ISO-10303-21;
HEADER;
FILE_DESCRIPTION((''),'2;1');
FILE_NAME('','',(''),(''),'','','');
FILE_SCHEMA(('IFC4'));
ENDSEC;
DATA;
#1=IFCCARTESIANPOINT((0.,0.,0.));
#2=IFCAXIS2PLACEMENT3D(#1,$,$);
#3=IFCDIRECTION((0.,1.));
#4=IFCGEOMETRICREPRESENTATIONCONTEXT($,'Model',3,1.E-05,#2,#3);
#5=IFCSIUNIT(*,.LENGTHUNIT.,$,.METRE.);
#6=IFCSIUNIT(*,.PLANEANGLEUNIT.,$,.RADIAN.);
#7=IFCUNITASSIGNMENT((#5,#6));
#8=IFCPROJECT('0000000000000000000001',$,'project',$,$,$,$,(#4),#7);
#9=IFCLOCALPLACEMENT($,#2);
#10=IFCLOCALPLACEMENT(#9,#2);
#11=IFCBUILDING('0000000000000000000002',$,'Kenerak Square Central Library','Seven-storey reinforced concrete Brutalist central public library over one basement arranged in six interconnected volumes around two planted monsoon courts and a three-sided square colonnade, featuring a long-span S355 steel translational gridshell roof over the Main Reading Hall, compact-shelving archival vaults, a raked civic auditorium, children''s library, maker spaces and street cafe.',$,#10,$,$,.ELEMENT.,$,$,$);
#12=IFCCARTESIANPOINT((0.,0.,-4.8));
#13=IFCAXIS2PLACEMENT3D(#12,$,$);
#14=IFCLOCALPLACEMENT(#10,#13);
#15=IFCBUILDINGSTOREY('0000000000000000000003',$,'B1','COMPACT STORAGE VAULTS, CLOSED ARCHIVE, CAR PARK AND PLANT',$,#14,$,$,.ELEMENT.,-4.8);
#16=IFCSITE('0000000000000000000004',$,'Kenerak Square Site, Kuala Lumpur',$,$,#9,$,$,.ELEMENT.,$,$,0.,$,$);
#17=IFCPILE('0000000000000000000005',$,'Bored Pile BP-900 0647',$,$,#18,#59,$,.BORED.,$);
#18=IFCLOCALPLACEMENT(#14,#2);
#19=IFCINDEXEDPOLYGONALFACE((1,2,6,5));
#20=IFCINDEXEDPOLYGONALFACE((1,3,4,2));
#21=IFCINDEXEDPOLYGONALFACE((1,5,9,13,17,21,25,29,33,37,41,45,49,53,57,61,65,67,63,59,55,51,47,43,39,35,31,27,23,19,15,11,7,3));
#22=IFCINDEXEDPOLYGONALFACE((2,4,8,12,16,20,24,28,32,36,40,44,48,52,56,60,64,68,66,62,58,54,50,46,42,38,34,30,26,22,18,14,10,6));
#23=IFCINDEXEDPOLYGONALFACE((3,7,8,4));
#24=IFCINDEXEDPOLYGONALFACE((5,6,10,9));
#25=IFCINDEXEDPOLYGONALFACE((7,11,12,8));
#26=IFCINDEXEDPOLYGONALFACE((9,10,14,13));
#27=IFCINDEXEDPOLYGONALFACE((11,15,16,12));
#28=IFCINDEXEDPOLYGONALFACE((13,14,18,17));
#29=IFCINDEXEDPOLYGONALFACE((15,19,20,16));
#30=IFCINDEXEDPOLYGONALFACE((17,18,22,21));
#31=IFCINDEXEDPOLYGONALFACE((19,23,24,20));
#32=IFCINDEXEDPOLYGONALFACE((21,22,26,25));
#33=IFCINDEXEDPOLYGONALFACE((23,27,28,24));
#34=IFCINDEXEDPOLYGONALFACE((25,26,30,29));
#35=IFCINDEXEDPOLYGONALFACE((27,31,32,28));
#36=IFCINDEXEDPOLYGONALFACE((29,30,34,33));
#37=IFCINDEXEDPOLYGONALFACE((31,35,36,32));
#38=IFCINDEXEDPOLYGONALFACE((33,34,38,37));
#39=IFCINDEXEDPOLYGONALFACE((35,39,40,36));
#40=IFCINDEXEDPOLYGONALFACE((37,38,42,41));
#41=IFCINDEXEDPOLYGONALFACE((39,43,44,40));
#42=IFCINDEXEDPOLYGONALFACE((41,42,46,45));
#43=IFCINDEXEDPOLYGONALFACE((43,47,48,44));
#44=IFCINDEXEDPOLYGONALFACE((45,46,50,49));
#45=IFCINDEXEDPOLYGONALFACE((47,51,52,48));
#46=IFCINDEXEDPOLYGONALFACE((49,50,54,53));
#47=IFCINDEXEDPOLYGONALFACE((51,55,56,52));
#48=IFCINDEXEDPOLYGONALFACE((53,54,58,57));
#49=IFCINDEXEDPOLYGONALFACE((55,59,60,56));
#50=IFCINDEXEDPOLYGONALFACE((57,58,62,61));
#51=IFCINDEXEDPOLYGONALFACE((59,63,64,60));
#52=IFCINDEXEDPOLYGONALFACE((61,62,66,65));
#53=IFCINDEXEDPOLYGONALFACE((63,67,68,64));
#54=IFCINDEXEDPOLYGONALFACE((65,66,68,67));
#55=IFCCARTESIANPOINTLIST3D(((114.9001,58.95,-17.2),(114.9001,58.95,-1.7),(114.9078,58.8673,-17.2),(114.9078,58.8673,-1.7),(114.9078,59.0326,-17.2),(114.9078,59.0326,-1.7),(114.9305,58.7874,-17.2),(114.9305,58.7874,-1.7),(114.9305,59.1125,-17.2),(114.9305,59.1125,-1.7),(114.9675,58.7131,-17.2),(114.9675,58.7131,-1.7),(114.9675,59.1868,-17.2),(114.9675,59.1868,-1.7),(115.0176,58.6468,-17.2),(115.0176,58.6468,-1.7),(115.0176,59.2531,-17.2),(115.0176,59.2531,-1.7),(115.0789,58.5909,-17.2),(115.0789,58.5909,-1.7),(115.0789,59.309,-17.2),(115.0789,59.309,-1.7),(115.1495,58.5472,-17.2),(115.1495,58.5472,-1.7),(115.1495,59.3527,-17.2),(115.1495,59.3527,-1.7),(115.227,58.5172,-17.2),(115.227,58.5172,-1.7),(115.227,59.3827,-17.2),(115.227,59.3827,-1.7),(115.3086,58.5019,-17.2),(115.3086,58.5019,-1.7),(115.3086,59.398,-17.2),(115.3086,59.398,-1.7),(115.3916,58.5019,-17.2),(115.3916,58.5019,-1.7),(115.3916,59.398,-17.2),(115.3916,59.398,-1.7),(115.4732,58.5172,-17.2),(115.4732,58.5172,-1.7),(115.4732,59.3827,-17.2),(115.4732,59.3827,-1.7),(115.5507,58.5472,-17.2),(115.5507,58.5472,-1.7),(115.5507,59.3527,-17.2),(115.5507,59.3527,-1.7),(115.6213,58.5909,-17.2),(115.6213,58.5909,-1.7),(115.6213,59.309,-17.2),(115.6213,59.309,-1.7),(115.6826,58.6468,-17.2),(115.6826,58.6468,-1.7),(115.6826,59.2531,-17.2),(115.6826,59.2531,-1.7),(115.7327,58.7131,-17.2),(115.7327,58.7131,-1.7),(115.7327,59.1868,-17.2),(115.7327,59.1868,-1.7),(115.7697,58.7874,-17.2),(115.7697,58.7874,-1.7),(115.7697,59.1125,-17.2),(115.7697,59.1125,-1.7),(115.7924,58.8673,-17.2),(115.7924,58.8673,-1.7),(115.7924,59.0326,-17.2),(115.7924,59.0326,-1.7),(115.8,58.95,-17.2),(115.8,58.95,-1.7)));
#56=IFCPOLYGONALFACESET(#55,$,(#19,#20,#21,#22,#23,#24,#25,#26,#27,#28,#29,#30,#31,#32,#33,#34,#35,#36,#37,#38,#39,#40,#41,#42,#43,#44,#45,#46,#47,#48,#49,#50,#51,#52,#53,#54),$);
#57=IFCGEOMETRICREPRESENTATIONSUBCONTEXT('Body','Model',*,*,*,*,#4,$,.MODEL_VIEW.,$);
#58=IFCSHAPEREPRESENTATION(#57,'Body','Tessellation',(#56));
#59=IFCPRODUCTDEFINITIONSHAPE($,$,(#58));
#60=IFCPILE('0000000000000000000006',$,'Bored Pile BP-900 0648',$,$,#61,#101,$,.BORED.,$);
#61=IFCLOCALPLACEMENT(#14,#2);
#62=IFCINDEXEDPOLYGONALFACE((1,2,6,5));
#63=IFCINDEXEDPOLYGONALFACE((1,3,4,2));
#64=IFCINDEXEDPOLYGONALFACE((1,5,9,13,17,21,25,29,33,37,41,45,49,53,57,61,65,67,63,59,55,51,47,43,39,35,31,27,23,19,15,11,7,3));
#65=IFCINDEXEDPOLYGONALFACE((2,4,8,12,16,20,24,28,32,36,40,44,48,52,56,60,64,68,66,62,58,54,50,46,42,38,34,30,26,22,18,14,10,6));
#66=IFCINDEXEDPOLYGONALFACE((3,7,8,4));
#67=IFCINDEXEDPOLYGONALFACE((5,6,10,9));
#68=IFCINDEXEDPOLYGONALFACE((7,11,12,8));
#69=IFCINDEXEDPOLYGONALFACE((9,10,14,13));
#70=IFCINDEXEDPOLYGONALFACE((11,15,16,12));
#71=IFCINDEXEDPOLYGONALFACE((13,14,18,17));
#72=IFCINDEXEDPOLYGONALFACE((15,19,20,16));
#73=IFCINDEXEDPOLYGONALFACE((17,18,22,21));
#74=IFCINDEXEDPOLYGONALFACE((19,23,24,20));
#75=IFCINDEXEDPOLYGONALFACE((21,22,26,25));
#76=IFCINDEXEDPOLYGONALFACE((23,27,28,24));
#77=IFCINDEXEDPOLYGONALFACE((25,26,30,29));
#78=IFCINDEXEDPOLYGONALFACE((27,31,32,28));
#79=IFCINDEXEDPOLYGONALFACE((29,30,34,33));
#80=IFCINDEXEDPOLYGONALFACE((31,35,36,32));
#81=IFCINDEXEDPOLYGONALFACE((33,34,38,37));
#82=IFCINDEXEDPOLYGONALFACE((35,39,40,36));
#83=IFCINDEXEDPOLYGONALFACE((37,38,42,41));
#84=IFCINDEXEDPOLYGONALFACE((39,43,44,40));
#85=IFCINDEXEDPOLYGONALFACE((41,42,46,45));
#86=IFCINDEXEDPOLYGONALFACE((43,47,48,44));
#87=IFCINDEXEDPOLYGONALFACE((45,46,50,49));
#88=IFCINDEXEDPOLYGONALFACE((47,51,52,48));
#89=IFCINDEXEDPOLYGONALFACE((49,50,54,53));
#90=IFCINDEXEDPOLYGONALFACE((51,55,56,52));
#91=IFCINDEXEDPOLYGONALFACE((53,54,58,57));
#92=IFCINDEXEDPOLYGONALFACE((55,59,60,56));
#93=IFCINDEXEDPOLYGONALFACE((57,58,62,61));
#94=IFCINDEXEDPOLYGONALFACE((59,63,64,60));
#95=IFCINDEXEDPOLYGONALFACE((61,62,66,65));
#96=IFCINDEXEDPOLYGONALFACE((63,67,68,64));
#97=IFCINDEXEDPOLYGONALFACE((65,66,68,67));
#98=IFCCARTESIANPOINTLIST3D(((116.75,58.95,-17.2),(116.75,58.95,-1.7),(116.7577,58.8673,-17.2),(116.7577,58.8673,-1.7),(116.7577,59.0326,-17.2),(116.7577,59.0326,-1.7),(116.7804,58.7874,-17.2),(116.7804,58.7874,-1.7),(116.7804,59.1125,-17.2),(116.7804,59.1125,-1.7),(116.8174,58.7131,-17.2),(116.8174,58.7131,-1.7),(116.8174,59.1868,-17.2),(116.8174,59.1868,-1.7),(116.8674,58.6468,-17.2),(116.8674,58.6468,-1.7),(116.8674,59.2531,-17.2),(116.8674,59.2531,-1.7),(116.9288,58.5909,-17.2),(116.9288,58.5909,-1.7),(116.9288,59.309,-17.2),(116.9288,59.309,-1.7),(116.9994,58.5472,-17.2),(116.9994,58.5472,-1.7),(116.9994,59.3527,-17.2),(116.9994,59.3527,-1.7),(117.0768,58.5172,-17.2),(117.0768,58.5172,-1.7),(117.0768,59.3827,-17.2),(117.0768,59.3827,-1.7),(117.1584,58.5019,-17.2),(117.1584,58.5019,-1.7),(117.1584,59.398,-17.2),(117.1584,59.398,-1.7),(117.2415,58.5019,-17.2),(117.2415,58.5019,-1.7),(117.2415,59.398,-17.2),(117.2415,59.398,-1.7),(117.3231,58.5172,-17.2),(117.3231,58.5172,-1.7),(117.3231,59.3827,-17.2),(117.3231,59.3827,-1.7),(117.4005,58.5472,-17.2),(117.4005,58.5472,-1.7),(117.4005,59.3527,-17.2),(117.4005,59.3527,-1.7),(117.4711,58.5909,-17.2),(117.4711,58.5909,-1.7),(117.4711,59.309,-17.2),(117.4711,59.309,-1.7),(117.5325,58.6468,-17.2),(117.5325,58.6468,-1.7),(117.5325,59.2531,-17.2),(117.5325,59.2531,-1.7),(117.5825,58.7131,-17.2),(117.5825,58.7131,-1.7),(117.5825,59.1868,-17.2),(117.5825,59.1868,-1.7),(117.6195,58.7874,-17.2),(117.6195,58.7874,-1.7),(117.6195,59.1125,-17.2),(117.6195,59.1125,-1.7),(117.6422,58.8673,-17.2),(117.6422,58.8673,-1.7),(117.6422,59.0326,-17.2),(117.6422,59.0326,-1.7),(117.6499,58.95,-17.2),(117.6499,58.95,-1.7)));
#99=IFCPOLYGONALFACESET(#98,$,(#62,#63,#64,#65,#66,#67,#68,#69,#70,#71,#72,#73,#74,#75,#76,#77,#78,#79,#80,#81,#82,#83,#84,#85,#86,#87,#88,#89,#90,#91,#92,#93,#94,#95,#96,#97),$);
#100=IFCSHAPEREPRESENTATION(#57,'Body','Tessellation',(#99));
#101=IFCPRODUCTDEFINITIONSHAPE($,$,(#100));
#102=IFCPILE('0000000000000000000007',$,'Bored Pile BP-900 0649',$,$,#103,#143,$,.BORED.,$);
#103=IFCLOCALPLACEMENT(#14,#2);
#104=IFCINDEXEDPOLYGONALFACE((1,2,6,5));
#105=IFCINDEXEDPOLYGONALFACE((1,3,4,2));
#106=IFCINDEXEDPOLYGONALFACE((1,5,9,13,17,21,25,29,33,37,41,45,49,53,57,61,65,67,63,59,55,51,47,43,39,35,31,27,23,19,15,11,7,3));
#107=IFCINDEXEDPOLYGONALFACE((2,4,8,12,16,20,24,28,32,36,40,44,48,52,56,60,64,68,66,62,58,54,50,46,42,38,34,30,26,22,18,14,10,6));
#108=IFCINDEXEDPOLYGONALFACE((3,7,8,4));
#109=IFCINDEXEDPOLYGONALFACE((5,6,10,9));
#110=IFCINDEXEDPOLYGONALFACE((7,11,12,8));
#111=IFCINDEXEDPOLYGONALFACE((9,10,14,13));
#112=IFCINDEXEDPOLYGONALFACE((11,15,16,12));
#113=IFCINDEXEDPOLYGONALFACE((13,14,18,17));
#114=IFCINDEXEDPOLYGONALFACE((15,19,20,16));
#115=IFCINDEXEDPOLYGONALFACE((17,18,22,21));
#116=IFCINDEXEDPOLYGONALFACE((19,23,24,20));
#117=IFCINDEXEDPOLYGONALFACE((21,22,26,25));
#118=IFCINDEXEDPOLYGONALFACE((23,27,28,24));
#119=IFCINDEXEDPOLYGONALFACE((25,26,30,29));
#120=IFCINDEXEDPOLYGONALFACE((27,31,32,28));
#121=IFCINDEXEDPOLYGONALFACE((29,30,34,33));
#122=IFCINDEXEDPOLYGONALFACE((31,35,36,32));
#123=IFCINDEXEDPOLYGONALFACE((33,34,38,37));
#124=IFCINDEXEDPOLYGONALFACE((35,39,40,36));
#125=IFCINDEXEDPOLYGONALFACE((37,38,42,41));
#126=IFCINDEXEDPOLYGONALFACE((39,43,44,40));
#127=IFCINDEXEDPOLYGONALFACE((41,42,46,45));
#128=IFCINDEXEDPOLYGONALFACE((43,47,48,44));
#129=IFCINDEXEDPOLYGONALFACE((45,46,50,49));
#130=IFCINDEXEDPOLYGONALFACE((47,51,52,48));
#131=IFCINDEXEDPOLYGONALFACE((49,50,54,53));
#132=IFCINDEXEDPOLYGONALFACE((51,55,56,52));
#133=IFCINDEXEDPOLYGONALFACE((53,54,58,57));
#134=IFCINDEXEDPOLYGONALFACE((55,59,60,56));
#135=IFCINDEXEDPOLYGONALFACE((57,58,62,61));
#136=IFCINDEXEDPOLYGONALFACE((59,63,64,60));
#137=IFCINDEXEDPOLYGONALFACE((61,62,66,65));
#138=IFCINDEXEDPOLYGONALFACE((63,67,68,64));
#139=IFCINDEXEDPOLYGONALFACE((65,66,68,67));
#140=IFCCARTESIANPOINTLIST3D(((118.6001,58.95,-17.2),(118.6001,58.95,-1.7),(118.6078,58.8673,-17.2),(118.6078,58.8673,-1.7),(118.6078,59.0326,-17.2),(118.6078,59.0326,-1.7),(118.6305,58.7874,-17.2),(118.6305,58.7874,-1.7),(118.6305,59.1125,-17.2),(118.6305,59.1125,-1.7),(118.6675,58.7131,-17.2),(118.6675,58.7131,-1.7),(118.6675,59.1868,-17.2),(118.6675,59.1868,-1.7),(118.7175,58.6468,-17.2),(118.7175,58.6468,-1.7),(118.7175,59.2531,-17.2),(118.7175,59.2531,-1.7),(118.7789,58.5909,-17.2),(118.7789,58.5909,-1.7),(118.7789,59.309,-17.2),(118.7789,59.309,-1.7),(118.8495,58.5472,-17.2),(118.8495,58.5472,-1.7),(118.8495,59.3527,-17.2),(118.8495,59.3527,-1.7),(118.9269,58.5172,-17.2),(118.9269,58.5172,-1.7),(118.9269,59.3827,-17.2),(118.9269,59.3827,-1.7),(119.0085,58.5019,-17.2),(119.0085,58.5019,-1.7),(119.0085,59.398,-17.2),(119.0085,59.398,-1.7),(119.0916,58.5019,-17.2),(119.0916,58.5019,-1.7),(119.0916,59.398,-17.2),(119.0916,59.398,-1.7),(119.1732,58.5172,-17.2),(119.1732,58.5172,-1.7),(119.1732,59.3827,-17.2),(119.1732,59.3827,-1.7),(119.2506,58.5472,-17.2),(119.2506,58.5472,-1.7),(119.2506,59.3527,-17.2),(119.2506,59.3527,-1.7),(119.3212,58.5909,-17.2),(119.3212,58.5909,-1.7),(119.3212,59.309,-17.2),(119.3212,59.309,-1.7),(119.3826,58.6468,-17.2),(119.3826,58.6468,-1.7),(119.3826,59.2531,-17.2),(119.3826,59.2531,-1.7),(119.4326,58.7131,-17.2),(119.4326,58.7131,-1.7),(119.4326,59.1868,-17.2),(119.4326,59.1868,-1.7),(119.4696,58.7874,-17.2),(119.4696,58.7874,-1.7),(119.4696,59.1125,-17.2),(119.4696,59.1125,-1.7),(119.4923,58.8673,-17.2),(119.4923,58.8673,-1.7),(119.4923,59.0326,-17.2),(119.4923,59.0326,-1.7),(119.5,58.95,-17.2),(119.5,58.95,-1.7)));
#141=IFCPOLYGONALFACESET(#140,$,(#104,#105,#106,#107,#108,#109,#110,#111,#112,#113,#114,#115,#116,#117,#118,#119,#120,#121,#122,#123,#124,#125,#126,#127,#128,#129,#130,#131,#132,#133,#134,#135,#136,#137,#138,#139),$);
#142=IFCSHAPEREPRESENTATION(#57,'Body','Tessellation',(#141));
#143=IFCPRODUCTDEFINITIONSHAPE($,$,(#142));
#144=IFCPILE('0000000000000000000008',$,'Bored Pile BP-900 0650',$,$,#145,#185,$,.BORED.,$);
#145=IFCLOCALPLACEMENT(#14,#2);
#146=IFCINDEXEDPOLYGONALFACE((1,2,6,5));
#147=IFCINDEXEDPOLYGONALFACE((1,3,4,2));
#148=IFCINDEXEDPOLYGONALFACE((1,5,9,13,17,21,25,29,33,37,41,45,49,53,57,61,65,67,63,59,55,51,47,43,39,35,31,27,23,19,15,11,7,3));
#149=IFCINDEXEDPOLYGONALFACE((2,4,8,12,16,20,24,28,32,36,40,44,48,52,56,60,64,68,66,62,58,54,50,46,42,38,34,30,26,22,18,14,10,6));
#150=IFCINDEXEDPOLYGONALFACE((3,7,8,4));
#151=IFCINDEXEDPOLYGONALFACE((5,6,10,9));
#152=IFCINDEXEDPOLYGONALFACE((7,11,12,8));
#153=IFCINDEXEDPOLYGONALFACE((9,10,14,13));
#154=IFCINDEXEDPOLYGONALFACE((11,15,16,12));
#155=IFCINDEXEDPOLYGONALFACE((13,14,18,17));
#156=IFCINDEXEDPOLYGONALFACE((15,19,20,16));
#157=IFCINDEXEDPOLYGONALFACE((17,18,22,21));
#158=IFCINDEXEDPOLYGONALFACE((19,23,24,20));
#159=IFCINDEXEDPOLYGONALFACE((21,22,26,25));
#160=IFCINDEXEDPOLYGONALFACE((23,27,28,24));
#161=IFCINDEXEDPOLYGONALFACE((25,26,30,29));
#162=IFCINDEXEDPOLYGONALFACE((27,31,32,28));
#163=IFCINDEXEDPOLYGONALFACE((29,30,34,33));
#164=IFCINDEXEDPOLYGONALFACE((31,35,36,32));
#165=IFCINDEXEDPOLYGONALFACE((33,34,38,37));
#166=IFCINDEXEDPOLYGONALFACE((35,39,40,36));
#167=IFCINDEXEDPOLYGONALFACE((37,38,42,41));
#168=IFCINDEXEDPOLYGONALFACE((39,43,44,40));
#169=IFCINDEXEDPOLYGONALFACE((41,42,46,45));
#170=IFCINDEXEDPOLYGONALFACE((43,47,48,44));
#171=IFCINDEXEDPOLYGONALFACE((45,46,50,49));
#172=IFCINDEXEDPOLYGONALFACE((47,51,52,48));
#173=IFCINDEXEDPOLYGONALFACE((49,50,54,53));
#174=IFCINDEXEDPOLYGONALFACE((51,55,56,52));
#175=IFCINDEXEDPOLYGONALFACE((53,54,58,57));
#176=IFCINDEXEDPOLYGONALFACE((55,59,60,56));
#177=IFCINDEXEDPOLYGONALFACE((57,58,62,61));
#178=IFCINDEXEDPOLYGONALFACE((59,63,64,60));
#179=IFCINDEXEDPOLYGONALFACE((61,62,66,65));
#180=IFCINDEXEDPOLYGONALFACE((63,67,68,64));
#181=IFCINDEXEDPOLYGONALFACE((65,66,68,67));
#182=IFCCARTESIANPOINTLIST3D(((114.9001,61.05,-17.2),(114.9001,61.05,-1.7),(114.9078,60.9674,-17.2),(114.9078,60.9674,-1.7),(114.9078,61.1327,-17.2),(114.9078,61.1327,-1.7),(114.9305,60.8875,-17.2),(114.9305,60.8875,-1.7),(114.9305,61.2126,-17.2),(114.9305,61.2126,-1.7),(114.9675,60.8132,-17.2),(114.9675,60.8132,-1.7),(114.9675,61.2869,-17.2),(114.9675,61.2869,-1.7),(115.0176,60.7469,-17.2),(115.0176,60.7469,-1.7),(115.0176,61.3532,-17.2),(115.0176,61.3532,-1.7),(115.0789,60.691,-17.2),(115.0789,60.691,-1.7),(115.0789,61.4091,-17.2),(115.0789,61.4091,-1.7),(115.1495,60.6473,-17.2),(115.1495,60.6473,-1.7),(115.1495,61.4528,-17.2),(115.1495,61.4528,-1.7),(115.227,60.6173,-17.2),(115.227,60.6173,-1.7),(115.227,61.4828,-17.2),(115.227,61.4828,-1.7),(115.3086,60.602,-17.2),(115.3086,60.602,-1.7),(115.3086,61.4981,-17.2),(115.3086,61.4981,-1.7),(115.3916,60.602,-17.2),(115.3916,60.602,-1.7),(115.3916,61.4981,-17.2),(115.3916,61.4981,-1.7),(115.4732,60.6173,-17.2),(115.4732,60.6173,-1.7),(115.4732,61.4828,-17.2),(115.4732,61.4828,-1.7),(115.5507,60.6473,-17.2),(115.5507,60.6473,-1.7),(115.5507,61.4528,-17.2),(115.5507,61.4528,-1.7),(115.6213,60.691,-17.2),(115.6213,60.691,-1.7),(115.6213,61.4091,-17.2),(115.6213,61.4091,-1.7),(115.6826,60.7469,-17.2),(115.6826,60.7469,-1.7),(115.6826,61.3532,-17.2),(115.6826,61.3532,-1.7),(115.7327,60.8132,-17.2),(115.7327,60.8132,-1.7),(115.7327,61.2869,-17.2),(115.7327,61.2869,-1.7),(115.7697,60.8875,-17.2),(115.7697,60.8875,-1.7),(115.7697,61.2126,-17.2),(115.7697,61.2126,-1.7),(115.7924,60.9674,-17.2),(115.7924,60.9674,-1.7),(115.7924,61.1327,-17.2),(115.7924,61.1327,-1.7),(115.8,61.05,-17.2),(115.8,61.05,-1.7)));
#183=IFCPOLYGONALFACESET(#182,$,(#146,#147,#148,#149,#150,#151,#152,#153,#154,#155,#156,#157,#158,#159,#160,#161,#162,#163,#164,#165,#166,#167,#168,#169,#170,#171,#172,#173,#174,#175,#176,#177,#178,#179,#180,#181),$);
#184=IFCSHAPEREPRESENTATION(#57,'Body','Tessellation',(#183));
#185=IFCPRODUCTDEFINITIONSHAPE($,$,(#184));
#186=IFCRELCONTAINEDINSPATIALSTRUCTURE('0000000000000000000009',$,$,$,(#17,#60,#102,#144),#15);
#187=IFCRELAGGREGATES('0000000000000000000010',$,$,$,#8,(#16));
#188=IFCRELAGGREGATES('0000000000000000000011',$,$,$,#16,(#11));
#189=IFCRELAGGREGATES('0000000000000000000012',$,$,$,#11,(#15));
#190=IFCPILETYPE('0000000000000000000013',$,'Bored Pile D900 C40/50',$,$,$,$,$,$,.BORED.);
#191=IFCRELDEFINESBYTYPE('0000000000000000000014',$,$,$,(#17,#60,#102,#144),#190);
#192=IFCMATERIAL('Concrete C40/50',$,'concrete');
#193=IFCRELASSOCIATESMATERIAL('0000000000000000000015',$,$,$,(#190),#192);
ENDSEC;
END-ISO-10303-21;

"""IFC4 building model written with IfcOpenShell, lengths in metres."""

from ifc_helpers import new_model, si_unit, direction, frame, origin, origin_2d, place, context, subcontext, project, spatial, circle, extrude, material, material_profile, profile_set, type_object, element, save


model = new_model("IFC4")

# Units and contexts
model_context = context("Model", 3, precision=1e-05, world=origin(), true_north=direction((0.0, 1.0)))
body_context = subcontext(model_context, "Body", "Model", "MODEL_VIEW")
ifc_project = project(units=[si_unit("LENGTHUNIT", "METRE"), si_unit("PLANEANGLEUNIT", "RADIAN")], contexts=[model_context])

# Site, building, storey
site_placement = place(None, origin())
site = spatial("IfcSite", under=ifc_project, at=site_placement, Name="Kenerak Square Site, Kuala Lumpur", CompositionType="ELEMENT", RefElevation=0.0)
building_placement = place(site_placement, origin())
building = spatial("IfcBuilding", under=site, at=building_placement, Name="Kenerak Square Central Library", Description="Seven-storey reinforced concrete Brutalist central public library over one basement arranged in six interconnected volumes around two planted monsoon courts and a three-sided square colonnade, featuring a long-span S355 steel translational gridshell roof over the Main Reading Hall, compact-shelving archival vaults, a raked civic auditorium, children's library, maker spaces and street cafe.", CompositionType="ELEMENT")
storey_placement = place(building_placement, frame((0.0, 0.0, -4.8)))
storey = spatial("IfcBuildingStorey", under=building, at=storey_placement, Name="B1", Description="COMPACT STORAGE VAULTS, CLOSED ARCHIVE, CAR PARK AND PLANT", CompositionType="ELEMENT", Elevation=-4.8)

# Piles
ifc_material_1 = material(Name="Concrete C40/50", Category="concrete")
ifc_material_profile_1 = material_profile(ifc_material_1, circle(Radius=0.45, at=origin_2d()), Name="BP D900")
ifc_profile_set_1 = profile_set([ifc_material_profile_1], Name="Concrete C40/50")
pile_type = type_object("IfcPileType", Name="Bored Pile D900 C40/50", PredefinedType="BORED", material=ifc_profile_set_1)
for number, where, z_axis, x_axis, name in (
    (1, (115.3501, 58.95, -1.7), (0.0, 0.0, -1.0), (1.0, 0.0, 0.0), "Bored Pile BP-900 0647"),
    (2, (117.2, 58.95, -1.7), (0.0, 0.0, -1.0), (1.0, 0.0, 0.0), "Bored Pile BP-900 0648"),
    (3, (119.05, 58.95, -1.7), (0.0, 0.0, -1.0), (1.0, 0.0, 0.0), "Bored Pile BP-900 0649"),
    (4, (115.3501, 61.05, -1.7), (0.0, 0.0, -1.0), (1.0, 0.0, 0.0), "Bored Pile BP-900 0650"),
):
    element("IfcPile", number, at=place(storey_placement, frame(where, z_axis=z_axis, x_axis=x_axis)), inside=storey, type_object=pile_type, Name=name, PredefinedType="BORED", context=body_context, shape_type="SweptSolid", body=[
        extrude(circle(Radius=0.45, at=origin_2d()), origin(), (0.0, 0.0, 1.0), 15.5),
    ])

save(model, "model.ifc")
